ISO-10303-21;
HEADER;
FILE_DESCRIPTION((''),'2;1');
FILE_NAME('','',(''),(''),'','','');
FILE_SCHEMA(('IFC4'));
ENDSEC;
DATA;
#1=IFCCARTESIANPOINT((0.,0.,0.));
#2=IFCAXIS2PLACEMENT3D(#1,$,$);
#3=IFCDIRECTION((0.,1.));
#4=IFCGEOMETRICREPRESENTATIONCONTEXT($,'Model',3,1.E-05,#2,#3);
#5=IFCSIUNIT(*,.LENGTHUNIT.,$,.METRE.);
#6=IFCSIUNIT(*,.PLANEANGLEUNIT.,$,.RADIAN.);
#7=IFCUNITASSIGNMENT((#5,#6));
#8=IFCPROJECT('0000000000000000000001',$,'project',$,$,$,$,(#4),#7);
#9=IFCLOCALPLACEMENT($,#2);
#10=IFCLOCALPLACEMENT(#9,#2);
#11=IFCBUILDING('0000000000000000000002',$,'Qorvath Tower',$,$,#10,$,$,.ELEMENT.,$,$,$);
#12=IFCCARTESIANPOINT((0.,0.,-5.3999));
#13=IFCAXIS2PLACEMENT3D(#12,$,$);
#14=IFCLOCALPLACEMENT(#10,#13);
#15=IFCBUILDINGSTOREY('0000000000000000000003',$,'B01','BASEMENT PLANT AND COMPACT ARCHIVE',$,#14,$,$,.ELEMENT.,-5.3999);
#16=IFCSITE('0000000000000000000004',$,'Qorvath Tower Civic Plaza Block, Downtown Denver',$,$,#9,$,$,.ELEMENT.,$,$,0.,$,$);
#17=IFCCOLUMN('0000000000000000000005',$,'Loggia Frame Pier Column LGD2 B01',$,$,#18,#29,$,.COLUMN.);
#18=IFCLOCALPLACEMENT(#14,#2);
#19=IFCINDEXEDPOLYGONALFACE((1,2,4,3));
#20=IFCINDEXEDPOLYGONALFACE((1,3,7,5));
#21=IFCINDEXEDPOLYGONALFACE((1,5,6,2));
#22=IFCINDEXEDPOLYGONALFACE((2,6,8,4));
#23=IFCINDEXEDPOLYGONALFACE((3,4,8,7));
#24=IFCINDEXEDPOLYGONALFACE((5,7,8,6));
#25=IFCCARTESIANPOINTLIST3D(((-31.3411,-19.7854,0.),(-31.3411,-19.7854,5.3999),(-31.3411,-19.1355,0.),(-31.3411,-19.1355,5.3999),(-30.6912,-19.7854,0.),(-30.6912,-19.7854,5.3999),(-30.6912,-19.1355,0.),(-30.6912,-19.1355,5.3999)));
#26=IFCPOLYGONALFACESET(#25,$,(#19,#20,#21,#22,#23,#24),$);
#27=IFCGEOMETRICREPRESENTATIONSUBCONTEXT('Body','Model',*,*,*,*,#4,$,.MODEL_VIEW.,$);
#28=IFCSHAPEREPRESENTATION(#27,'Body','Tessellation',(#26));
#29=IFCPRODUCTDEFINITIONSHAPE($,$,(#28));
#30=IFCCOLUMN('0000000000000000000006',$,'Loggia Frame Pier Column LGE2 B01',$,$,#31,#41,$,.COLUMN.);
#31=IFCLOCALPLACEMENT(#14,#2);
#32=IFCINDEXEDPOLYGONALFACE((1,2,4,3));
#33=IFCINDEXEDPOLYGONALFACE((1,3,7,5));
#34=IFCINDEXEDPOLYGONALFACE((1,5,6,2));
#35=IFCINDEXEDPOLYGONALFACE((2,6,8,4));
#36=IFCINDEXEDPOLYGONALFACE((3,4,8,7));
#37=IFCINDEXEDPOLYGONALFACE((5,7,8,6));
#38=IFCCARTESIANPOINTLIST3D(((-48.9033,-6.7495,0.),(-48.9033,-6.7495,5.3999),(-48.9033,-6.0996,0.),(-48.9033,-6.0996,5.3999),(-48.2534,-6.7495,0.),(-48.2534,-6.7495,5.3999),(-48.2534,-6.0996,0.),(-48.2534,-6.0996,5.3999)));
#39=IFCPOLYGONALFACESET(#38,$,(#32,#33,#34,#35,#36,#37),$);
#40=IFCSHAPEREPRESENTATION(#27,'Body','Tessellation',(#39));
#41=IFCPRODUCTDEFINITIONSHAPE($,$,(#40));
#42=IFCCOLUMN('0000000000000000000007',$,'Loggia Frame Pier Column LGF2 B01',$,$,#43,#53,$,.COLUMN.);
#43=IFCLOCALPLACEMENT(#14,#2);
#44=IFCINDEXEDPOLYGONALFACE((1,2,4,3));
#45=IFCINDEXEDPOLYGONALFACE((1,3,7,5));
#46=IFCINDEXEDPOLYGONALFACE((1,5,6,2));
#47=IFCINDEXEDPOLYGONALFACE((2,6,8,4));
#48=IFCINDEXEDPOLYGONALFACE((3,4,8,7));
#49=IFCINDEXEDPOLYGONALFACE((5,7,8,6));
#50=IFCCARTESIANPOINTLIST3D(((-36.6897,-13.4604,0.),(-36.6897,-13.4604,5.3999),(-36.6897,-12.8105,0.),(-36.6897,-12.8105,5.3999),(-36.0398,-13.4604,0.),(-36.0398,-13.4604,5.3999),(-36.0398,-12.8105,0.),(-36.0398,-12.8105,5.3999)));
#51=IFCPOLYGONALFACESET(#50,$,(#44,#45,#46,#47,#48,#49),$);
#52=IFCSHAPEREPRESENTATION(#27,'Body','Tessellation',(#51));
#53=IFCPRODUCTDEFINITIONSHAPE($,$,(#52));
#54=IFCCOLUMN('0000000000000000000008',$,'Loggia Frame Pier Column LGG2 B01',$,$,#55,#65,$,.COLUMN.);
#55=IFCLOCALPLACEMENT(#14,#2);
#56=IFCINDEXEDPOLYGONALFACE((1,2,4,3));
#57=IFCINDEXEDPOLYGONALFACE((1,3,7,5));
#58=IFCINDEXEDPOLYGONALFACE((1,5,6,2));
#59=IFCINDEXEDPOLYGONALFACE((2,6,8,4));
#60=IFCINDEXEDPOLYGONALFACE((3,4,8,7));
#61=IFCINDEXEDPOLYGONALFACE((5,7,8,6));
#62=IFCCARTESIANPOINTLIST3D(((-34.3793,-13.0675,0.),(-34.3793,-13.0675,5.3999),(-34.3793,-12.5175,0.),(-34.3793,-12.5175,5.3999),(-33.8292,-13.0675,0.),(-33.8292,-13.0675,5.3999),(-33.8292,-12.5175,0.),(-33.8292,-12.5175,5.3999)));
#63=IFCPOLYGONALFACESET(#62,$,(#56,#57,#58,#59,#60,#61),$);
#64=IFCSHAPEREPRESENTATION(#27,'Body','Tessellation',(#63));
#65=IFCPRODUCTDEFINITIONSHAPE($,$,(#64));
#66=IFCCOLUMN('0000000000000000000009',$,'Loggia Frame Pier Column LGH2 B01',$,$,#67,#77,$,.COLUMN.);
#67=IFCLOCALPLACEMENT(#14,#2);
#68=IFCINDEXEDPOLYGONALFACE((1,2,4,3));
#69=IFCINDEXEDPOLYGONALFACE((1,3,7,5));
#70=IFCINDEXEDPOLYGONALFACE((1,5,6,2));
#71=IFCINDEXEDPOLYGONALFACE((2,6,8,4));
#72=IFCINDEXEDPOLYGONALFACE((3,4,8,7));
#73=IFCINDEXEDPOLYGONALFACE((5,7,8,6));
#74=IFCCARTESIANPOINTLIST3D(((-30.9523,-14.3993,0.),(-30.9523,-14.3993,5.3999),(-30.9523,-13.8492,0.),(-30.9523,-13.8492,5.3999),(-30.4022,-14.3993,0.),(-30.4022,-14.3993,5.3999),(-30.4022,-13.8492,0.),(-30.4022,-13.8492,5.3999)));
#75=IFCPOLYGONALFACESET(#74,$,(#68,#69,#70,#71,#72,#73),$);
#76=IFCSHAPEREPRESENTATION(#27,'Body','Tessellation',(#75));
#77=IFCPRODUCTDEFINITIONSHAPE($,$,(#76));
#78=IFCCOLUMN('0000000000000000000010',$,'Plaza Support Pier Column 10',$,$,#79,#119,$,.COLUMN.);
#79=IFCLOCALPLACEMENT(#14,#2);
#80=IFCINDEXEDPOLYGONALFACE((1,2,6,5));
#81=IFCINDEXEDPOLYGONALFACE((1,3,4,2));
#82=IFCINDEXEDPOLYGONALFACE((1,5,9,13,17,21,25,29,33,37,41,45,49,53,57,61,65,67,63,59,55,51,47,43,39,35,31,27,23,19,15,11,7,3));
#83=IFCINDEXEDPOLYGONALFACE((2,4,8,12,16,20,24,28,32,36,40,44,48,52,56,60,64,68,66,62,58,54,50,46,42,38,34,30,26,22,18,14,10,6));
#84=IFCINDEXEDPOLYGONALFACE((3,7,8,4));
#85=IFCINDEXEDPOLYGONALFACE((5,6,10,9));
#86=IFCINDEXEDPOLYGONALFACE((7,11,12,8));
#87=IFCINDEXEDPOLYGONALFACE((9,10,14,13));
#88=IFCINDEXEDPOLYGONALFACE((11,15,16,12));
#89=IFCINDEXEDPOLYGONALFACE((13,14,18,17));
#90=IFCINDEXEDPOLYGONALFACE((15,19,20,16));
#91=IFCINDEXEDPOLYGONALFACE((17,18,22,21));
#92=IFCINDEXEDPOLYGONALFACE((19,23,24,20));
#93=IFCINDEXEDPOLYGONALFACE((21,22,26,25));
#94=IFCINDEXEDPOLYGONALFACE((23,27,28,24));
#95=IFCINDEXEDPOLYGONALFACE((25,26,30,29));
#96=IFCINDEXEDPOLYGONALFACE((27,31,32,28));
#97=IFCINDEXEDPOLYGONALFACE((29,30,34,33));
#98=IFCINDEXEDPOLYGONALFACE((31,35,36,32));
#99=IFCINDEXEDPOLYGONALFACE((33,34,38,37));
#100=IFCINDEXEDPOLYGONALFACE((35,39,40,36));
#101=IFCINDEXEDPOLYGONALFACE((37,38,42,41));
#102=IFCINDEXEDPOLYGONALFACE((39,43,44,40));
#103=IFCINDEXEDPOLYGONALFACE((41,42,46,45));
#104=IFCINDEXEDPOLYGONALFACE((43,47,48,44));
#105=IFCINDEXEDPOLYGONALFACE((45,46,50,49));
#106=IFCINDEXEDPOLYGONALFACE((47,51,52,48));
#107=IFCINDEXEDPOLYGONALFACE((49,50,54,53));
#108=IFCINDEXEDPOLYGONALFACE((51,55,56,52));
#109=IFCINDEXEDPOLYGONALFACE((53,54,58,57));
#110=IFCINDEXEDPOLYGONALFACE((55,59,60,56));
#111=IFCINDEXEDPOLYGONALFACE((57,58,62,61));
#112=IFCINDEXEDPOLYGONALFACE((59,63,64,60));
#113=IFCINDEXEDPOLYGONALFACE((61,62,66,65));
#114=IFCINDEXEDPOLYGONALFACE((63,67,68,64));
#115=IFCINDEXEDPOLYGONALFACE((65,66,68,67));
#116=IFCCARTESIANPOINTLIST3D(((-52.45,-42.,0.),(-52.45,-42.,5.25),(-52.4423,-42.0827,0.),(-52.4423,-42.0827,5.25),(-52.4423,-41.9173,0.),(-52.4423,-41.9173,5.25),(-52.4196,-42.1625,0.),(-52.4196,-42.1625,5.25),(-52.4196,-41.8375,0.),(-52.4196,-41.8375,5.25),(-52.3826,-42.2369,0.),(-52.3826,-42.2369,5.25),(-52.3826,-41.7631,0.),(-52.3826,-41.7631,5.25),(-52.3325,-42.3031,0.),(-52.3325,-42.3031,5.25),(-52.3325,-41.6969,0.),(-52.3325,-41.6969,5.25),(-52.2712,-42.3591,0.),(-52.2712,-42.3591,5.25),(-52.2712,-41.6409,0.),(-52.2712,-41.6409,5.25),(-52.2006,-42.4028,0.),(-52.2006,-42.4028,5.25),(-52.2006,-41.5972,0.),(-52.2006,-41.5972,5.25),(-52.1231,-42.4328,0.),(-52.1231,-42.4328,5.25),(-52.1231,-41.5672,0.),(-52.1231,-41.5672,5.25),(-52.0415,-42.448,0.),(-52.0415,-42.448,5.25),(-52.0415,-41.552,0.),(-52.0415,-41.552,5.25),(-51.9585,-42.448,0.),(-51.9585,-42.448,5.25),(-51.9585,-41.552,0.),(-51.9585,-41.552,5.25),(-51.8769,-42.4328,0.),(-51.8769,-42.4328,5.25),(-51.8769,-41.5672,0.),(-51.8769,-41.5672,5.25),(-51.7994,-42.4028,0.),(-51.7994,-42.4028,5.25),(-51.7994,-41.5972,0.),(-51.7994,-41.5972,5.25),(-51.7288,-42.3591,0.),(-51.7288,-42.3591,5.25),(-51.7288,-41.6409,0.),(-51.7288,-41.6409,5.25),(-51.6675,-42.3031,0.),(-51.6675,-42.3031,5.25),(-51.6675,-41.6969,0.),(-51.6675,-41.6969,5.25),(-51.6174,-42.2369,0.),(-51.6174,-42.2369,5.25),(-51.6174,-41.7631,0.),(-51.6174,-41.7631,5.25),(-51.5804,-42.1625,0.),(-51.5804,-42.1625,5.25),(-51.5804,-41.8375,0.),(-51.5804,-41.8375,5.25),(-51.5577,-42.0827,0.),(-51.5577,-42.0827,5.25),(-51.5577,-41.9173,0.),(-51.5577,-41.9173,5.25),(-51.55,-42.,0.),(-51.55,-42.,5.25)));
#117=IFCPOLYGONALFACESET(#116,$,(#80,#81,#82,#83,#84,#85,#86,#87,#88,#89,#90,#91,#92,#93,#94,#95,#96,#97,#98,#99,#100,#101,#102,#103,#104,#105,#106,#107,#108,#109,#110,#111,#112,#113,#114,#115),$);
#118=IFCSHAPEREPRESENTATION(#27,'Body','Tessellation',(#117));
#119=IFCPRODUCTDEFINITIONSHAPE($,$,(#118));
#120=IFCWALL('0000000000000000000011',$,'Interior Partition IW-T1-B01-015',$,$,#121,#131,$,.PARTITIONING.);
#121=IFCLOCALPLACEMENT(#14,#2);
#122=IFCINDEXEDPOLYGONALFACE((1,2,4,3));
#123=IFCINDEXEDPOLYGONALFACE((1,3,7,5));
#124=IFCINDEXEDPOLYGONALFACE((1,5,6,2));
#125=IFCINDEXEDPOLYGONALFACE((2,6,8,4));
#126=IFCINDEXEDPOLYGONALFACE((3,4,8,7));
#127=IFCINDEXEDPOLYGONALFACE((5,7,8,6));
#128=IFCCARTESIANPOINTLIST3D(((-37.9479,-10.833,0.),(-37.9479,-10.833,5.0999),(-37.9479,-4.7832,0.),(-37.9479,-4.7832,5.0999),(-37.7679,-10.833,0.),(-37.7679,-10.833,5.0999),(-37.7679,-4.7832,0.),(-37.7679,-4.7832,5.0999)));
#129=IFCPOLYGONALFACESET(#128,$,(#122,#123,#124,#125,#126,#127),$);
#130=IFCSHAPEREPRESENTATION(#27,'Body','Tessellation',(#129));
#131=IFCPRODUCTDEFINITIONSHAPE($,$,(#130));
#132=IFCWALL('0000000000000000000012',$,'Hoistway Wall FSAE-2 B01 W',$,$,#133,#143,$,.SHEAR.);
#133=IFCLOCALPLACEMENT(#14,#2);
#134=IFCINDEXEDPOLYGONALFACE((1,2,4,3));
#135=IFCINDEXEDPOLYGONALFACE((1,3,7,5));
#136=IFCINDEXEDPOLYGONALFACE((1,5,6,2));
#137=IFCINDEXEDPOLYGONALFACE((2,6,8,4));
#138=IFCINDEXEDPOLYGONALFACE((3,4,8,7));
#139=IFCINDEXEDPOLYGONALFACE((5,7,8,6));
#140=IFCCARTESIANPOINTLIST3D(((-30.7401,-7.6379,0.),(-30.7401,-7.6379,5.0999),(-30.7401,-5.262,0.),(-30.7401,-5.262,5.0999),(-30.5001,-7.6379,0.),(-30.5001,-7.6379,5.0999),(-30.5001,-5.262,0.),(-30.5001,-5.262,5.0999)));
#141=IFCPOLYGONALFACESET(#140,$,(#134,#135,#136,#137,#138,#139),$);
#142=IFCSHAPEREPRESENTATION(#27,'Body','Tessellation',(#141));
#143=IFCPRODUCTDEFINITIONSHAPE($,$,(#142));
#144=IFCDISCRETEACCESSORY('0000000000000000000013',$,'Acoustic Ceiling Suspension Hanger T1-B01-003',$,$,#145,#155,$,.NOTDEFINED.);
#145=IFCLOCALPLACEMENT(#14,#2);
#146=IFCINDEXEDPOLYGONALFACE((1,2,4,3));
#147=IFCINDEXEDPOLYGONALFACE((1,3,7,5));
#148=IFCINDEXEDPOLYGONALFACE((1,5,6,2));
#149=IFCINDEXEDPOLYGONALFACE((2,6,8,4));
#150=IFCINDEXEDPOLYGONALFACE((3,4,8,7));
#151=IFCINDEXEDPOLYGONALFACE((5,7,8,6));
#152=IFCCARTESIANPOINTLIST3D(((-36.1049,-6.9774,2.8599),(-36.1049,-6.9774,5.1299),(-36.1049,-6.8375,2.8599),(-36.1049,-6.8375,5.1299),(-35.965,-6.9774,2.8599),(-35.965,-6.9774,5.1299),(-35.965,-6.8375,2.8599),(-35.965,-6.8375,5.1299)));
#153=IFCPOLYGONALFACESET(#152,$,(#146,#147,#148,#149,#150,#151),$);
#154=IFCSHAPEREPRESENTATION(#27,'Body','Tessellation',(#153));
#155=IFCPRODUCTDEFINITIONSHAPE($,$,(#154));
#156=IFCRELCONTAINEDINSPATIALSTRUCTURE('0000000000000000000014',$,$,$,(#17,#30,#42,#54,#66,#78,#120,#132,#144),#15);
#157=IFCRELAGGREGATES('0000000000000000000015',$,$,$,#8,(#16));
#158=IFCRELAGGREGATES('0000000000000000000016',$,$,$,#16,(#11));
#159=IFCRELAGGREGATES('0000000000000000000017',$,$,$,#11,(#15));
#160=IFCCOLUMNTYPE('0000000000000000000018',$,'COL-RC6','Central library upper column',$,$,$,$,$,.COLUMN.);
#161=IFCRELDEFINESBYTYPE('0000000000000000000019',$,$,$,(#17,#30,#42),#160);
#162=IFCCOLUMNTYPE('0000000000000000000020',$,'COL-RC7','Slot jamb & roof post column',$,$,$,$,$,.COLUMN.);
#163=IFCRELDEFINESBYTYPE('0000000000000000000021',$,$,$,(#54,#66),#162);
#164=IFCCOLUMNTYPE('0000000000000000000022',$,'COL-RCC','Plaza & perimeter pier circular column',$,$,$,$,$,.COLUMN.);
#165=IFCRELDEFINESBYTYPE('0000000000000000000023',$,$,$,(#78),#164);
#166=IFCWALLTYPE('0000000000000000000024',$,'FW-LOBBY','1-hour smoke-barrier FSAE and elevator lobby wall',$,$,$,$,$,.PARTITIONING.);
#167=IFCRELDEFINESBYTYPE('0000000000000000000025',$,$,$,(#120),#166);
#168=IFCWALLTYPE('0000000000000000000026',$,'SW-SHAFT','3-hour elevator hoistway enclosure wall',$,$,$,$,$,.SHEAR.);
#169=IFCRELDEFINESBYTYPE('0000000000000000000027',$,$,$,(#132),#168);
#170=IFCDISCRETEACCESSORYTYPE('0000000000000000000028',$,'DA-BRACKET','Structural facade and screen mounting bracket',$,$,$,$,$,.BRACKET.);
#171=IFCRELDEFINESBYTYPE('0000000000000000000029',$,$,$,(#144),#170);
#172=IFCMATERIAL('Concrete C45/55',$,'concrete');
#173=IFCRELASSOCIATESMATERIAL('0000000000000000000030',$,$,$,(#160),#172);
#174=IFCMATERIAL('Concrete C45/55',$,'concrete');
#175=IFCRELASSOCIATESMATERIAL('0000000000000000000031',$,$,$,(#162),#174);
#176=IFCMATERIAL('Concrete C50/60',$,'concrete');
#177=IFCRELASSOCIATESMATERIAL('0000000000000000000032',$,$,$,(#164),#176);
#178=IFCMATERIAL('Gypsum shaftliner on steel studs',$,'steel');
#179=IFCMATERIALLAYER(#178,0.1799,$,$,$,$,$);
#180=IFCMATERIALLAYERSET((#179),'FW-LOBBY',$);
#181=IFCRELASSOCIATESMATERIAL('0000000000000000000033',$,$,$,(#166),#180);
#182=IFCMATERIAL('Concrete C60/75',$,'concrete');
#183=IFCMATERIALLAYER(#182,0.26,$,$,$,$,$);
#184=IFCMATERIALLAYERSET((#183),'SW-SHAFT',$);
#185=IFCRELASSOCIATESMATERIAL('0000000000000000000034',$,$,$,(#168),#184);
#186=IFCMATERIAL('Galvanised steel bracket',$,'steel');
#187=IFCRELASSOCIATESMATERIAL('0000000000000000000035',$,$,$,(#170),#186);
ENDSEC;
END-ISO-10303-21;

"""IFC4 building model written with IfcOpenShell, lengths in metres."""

from ifc_helpers import new_model, si_unit, direction, frame, frame_2d, origin, origin_2d, place, context, subcontext, project, spatial, rectangle, circle, extrude, material, layer, layer_set, material_profile, profile_set, type_object, element, save


model = new_model("IFC4")

# Units and contexts
model_context = context("Model", 3, precision=1e-05, world=origin(), true_north=direction((0.0, 1.0)))
body_context = subcontext(model_context, "Body", "Model", "MODEL_VIEW")
ifc_project = project(units=[si_unit("LENGTHUNIT", "METRE"), si_unit("PLANEANGLEUNIT", "RADIAN")], contexts=[model_context])

# Site, building, storey
site_placement = place(None, origin())
site = spatial("IfcSite", under=ifc_project, at=site_placement, Name="Qorvath Tower Civic Plaza Block, Downtown Denver", CompositionType="ELEMENT", RefElevation=0.0)
building_placement = place(site_placement, origin())
building = spatial("IfcBuilding", under=site, at=building_placement, Name="Qorvath Tower", CompositionType="ELEMENT")
storey_placement = place(building_placement, frame((0.0, 0.0, -5.3999)))
storey = spatial("IfcBuildingStorey", under=building, at=storey_placement, Name="B01", Description="BASEMENT PLANT AND COMPACT ARCHIVE", CompositionType="ELEMENT", Elevation=-5.3999)

# Columns
ifc_material_1 = material(Name="Concrete C45/55", Category="concrete")
ifc_material_profile_1 = material_profile(ifc_material_1, rectangle(XDim=0.6499, YDim=0.6499, at=origin_2d()), Name="RC 650x650")
ifc_profile_set_1 = profile_set([ifc_material_profile_1], Name="Concrete C45/55")
column_type_1 = type_object("IfcColumnType", Name="COL-RC6", Description="Central library upper column", PredefinedType="COLUMN", material=ifc_profile_set_1)
for number, where, z_axis, x_axis, name in (
    (1, (-31.0161, -19.4604, 0.0), (0.0, 0.0, 1.0), (1.0, 0.0, 0.0), "Loggia Frame Pier Column LGD2 B01"),
    (2, (-48.5784, -6.4246, 0.0), (0.0, 0.0, 1.0), (1.0, 0.0, 0.0), "Loggia Frame Pier Column LGE2 B01"),
    (3, (-36.3647, -13.1355, 0.0), (0.0, 0.0, 1.0), (1.0, 0.0, 0.0), "Loggia Frame Pier Column LGF2 B01"),
):
    element("IfcColumn", number, at=place(storey_placement, frame(where, z_axis=z_axis, x_axis=x_axis)), inside=storey, type_object=column_type_1, Name=name, PredefinedType="COLUMN", context=body_context, shape_type="SweptSolid", body=[
        extrude(rectangle(XDim=0.6499, YDim=0.6499, at=origin_2d()), origin(), (0.0, 0.0, 1.0), 5.3999),
    ])
ifc_material_2 = material(Name="Concrete C45/55", Category="concrete")
ifc_material_profile_2 = material_profile(ifc_material_2, rectangle(XDim=0.55, YDim=0.55, at=origin_2d()), Name="RC 550x550")
ifc_profile_set_2 = profile_set([ifc_material_profile_2], Name="Concrete C45/55")
column_type_2 = type_object("IfcColumnType", Name="COL-RC7", Description="Slot jamb & roof post column", PredefinedType="COLUMN", material=ifc_profile_set_2)
for number, where, z_axis, x_axis, name in (
    (4, (-34.1042, -12.7925, 0.0), (0.0, 0.0, 1.0), (1.0, 0.0, 0.0), "Loggia Frame Pier Column LGG2 B01"),
    (5, (-30.6772, -14.1243, 0.0), (0.0, 0.0, 1.0), (1.0, 0.0, 0.0), "Loggia Frame Pier Column LGH2 B01"),
):
    element("IfcColumn", number, at=place(storey_placement, frame(where, z_axis=z_axis, x_axis=x_axis)), inside=storey, type_object=column_type_2, Name=name, PredefinedType="COLUMN", context=body_context, shape_type="SweptSolid", body=[
        extrude(rectangle(XDim=0.55, YDim=0.55, at=origin_2d()), origin(), (0.0, 0.0, 1.0), 5.3999),
    ])
ifc_material_3 = material(Name="Concrete C50/60", Category="concrete")
ifc_material_profile_3 = material_profile(ifc_material_3, circle(Radius=0.45, at=origin_2d()), Name="RCC 900")
ifc_profile_set_3 = profile_set([ifc_material_profile_3], Name="Concrete C50/60")
column_type_3 = type_object("IfcColumnType", Name="COL-RCC", Description="Plaza & perimeter pier circular column", PredefinedType="COLUMN", material=ifc_profile_set_3)
column_placement = place(storey_placement, frame((-52.0, -42.0, 0.0), z_axis=(0.0, 0.0, 1.0), x_axis=(1.0, 0.0, 0.0)))
element("IfcColumn", 6, at=column_placement, inside=storey, type_object=column_type_3, Name="Plaza Support Pier Column 10", PredefinedType="COLUMN", context=body_context, shape_type="SweptSolid", body=[
    extrude(circle(Radius=0.45, at=origin_2d()), origin(), (0.0, 0.0, 1.0), 5.25),
])

# Walls
ifc_material_4 = material(Name="Gypsum shaftliner on steel studs", Category="steel")
ifc_layer_1 = layer(ifc_material_4, 0.1799)
ifc_layer_set_1 = layer_set([ifc_layer_1], Name="FW-LOBBY")
wall_type_1 = type_object("IfcWallType", Name="FW-LOBBY", Description="1-hour smoke-barrier FSAE and elevator lobby wall", PredefinedType="PARTITIONING", material=ifc_layer_set_1)
wall_1_placement = place(storey_placement, frame((-37.8579, -10.833, 0.0), z_axis=(0.0, 0.0, 1.0), x_axis=(0.0, 1.0, 0.0)))
element("IfcWall", 7, at=wall_1_placement, inside=storey, type_object=wall_type_1, Name="Interior Partition IW-T1-B01-015", PredefinedType="PARTITIONING", context=body_context, shape_type="SweptSolid", body=[
    extrude(rectangle(XDim=6.0498, YDim=0.1799, at=frame_2d((3.0249, 0.0))), origin(), (0.0, 0.0, 1.0), 5.0999),
])
ifc_material_5 = material(Name="Concrete C60/75", Category="concrete")
ifc_layer_2 = layer(ifc_material_5, 0.26)
ifc_layer_set_2 = layer_set([ifc_layer_2], Name="SW-SHAFT")
wall_type_2 = type_object("IfcWallType", Name="SW-SHAFT", Description="3-hour elevator hoistway enclosure wall", PredefinedType="SHEAR", material=ifc_layer_set_2)
wall_2_placement = place(storey_placement, frame((-30.6201, -7.6379, 0.0), z_axis=(0.0, 0.0, 1.0), x_axis=(0.0, 1.0, 0.0)))
element("IfcWall", 8, at=wall_2_placement, inside=storey, type_object=wall_type_2, Name="Hoistway Wall FSAE-2 B01 W", PredefinedType="SHEAR", context=body_context, shape_type="SweptSolid", body=[
    extrude(rectangle(XDim=2.376, YDim=0.24, at=frame_2d((1.188, 0.0))), origin(), (0.0, 0.0, 1.0), 5.0999),
])

# Discrete accessory
ifc_material_6 = material(Name="Galvanised steel bracket", Category="steel")
discrete_accessory_type = type_object("IfcDiscreteAccessoryType", Name="DA-BRACKET", Description="Structural facade and screen mounting bracket", PredefinedType="BRACKET", material=ifc_material_6)
discrete_accessory_placement = place(storey_placement, frame((-36.0349, -6.9075, 2.8599), z_axis=(0.0, 0.0, 1.0), x_axis=(1.0, 0.0, 0.0)))
element("IfcDiscreteAccessory", 9, at=discrete_accessory_placement, inside=storey, type_object=discrete_accessory_type, Name="Acoustic Ceiling Suspension Hanger T1-B01-003", PredefinedType="NOTDEFINED", context=body_context, shape_type="SweptSolid", body=[
    extrude(rectangle(XDim=0.1399, YDim=0.1399, at=origin_2d()), origin(), (0.0, 0.0, 1.0), 2.27),
])

save(model, "model.ifc")
